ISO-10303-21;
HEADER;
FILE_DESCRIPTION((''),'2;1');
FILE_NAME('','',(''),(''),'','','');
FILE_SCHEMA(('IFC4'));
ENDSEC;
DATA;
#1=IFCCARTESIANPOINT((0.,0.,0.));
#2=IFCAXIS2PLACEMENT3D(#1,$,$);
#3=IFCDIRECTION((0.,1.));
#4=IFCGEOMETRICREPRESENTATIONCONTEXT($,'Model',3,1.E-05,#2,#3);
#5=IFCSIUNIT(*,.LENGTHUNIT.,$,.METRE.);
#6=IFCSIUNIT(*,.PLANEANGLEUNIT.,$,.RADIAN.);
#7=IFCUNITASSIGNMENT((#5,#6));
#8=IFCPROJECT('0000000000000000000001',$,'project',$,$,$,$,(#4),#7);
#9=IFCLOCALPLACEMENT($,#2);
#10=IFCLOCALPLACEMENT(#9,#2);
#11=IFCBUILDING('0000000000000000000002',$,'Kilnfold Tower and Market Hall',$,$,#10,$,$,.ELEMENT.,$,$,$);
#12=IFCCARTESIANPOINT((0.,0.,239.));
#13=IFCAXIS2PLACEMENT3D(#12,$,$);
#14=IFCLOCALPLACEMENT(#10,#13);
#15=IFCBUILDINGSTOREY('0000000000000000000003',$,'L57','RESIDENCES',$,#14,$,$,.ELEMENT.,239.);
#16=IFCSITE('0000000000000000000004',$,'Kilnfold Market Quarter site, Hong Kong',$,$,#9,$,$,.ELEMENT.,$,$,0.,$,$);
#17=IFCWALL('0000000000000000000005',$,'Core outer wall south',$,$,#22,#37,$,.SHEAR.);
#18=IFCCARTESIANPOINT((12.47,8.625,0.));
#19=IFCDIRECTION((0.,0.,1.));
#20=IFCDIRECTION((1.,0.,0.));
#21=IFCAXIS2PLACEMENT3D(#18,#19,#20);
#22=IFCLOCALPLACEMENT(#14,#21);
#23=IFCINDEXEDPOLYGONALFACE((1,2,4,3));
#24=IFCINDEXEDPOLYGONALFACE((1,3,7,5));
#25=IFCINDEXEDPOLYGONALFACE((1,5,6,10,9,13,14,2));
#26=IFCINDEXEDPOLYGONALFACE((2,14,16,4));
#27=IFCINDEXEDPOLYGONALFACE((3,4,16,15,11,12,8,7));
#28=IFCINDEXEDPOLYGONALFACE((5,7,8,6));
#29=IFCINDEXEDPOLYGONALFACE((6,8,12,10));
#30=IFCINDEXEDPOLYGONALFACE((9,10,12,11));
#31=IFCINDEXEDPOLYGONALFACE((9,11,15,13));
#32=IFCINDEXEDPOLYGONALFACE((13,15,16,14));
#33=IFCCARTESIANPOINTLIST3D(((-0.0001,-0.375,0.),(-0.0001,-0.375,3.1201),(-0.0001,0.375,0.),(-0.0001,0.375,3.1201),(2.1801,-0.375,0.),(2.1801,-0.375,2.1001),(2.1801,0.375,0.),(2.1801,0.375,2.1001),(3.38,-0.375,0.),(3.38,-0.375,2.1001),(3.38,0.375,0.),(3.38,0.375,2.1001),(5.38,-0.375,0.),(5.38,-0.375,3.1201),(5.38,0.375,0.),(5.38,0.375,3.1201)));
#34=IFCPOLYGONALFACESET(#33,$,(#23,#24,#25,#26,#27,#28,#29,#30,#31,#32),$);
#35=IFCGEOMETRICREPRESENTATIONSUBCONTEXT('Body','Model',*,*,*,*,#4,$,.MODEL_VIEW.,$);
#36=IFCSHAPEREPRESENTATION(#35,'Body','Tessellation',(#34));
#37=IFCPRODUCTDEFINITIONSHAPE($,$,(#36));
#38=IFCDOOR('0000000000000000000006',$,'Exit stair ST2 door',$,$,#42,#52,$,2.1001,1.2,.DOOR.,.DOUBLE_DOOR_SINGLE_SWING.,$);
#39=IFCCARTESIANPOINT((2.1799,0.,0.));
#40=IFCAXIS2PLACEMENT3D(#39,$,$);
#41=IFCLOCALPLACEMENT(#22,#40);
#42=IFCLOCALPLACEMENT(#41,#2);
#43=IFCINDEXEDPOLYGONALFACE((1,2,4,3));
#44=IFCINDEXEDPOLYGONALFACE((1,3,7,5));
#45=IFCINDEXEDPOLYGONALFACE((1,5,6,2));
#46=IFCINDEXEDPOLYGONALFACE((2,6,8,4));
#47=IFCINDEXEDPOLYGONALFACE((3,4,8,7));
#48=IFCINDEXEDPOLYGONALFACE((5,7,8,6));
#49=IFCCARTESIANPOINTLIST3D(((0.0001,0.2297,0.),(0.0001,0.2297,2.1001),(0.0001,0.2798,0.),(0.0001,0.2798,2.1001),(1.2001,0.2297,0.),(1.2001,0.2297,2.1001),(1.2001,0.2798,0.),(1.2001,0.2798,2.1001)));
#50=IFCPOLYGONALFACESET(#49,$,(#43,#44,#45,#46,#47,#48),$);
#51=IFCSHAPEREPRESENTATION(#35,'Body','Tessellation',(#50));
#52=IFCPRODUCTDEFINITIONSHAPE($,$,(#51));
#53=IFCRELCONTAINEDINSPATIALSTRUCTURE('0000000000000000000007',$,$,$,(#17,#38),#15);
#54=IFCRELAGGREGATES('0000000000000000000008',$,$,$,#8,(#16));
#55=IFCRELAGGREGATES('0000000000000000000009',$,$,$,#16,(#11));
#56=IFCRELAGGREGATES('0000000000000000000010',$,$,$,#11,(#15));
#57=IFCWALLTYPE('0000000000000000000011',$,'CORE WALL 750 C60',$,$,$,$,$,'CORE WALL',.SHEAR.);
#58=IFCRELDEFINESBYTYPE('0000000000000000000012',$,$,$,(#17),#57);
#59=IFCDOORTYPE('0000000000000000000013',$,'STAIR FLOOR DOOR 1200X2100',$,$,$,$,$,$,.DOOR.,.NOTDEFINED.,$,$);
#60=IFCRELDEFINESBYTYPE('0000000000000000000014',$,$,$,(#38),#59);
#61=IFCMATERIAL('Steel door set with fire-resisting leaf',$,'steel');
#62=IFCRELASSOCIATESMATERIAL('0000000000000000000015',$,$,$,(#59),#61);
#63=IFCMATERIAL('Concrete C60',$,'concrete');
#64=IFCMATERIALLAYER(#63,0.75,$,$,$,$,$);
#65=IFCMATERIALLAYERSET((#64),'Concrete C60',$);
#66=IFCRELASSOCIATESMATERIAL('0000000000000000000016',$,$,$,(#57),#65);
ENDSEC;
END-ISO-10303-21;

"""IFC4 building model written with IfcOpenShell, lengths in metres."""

from ifc_helpers import new_model, si_unit, direction, frame, frame_2d, origin, place, context, subcontext, project, spatial, rectangle, extrude, source, transform, mapped, material, layer, layer_set, type_object, element, fill, save


model = new_model("IFC4")

# Units and contexts
model_context = context("Model", 3, precision=1e-05, world=origin(), true_north=direction((0.0, 1.0)))
body_context = subcontext(model_context, "Body", "Model", "MODEL_VIEW")
ifc_project = project(units=[si_unit("LENGTHUNIT", "METRE"), si_unit("PLANEANGLEUNIT", "RADIAN")], contexts=[model_context])

# Site, building, storey
site_placement = place(None, origin())
site = spatial("IfcSite", under=ifc_project, at=site_placement, Name="Kilnfold Market Quarter site, Hong Kong", CompositionType="ELEMENT", RefElevation=0.0)
building_placement = place(site_placement, origin())
building = spatial("IfcBuilding", under=site, at=building_placement, Name="Kilnfold Tower and Market Hall", CompositionType="ELEMENT")
storey_placement = place(building_placement, frame((0.0, 0.0, 239.0)))
storey = spatial("IfcBuildingStorey", under=building, at=storey_placement, Name="L57", Description="RESIDENCES", CompositionType="ELEMENT", Elevation=239.0)

# Shared definitions
ifc_material_1 = material(Name="Steel door set with fire-resisting leaf", Category="steel")
door_type_1 = type_object("IfcDoorType", Name="STAIR FLOOR DOOR 1200X2100", OperationType="NOTDEFINED", PredefinedType="DOOR", material=ifc_material_1)

# Shared definitions
ifc_material_2 = material(Name="Concrete C60", Category="concrete")
ifc_layer_1 = layer(ifc_material_2, 0.75)
ifc_layer_set_1 = layer_set([ifc_layer_1], Name="Concrete C60")
wall_type_1 = type_object("IfcWallType", Name="CORE WALL 750 C60", ElementType="CORE WALL", PredefinedType="SHEAR", material=ifc_layer_set_1)

# Wall, opening, door
shared_shape_1 = source(origin(), body_context, "Body", "SweptSolid", [
    extrude(rectangle(XDim=5.3801, YDim=0.75, at=frame_2d((2.6899, 0.0))), origin(), (0.0, 0.0, 1.0), 3.1201),
])
wall_1_placement = place(storey_placement, frame((12.47, 8.625, 0.0), z_axis=(0.0, 0.0, 1.0), x_axis=(1.0, 0.0, 0.0)))
wall_1 = element("IfcWall", 1, at=wall_1_placement, inside=storey, type_object=wall_type_1, Name="Core outer wall south", PredefinedType="SHEAR", context=body_context, shape_type="MappedRepresentation", body=[
    mapped(shared_shape_1, transform((0.0, 0.0, 0.0))),
])
opening_1_placement = place(wall_1_placement, frame((2.1799, 0.0, 0.0)))
opening_1 = element("IfcOpeningElement", 2, at=opening_1_placement, cuts=wall_1, PredefinedType="OPENING", context=body_context, shape_type="SweptSolid", body=[
    extrude(rectangle(XDim=1.2, YDim=2.1001, at=frame_2d((0.6001, 1.05))), frame((0.0, 0.385, 0.0), z_axis=(0.0, -1.0, 0.0), x_axis=(1.0, 0.0, 0.0)), (0.0, 0.0, 1.0), 0.77),
])
door_1_placement = place(opening_1_placement, origin())
door_1 = element("IfcDoor", 3, at=door_1_placement, inside=storey, type_object=door_type_1, Name="Exit stair ST2 door", OperationType="DOUBLE_DOOR_SINGLE_SWING", OverallHeight=2.1001, OverallWidth=1.2, PredefinedType="DOOR", context=body_context, shape_type="SweptSolid", body=[
    extrude(rectangle(XDim=1.2, YDim=2.1001, at=frame_2d((0.6001, 1.05))), frame((0.0, 0.2798, 0.0), z_axis=(0.0, -1.0, 0.0), x_axis=(1.0, 0.0, 0.0)), (0.0, 0.0, 1.0), 0.05),
])
fill(opening_1, door_1)

save(model, "model.ifc")
